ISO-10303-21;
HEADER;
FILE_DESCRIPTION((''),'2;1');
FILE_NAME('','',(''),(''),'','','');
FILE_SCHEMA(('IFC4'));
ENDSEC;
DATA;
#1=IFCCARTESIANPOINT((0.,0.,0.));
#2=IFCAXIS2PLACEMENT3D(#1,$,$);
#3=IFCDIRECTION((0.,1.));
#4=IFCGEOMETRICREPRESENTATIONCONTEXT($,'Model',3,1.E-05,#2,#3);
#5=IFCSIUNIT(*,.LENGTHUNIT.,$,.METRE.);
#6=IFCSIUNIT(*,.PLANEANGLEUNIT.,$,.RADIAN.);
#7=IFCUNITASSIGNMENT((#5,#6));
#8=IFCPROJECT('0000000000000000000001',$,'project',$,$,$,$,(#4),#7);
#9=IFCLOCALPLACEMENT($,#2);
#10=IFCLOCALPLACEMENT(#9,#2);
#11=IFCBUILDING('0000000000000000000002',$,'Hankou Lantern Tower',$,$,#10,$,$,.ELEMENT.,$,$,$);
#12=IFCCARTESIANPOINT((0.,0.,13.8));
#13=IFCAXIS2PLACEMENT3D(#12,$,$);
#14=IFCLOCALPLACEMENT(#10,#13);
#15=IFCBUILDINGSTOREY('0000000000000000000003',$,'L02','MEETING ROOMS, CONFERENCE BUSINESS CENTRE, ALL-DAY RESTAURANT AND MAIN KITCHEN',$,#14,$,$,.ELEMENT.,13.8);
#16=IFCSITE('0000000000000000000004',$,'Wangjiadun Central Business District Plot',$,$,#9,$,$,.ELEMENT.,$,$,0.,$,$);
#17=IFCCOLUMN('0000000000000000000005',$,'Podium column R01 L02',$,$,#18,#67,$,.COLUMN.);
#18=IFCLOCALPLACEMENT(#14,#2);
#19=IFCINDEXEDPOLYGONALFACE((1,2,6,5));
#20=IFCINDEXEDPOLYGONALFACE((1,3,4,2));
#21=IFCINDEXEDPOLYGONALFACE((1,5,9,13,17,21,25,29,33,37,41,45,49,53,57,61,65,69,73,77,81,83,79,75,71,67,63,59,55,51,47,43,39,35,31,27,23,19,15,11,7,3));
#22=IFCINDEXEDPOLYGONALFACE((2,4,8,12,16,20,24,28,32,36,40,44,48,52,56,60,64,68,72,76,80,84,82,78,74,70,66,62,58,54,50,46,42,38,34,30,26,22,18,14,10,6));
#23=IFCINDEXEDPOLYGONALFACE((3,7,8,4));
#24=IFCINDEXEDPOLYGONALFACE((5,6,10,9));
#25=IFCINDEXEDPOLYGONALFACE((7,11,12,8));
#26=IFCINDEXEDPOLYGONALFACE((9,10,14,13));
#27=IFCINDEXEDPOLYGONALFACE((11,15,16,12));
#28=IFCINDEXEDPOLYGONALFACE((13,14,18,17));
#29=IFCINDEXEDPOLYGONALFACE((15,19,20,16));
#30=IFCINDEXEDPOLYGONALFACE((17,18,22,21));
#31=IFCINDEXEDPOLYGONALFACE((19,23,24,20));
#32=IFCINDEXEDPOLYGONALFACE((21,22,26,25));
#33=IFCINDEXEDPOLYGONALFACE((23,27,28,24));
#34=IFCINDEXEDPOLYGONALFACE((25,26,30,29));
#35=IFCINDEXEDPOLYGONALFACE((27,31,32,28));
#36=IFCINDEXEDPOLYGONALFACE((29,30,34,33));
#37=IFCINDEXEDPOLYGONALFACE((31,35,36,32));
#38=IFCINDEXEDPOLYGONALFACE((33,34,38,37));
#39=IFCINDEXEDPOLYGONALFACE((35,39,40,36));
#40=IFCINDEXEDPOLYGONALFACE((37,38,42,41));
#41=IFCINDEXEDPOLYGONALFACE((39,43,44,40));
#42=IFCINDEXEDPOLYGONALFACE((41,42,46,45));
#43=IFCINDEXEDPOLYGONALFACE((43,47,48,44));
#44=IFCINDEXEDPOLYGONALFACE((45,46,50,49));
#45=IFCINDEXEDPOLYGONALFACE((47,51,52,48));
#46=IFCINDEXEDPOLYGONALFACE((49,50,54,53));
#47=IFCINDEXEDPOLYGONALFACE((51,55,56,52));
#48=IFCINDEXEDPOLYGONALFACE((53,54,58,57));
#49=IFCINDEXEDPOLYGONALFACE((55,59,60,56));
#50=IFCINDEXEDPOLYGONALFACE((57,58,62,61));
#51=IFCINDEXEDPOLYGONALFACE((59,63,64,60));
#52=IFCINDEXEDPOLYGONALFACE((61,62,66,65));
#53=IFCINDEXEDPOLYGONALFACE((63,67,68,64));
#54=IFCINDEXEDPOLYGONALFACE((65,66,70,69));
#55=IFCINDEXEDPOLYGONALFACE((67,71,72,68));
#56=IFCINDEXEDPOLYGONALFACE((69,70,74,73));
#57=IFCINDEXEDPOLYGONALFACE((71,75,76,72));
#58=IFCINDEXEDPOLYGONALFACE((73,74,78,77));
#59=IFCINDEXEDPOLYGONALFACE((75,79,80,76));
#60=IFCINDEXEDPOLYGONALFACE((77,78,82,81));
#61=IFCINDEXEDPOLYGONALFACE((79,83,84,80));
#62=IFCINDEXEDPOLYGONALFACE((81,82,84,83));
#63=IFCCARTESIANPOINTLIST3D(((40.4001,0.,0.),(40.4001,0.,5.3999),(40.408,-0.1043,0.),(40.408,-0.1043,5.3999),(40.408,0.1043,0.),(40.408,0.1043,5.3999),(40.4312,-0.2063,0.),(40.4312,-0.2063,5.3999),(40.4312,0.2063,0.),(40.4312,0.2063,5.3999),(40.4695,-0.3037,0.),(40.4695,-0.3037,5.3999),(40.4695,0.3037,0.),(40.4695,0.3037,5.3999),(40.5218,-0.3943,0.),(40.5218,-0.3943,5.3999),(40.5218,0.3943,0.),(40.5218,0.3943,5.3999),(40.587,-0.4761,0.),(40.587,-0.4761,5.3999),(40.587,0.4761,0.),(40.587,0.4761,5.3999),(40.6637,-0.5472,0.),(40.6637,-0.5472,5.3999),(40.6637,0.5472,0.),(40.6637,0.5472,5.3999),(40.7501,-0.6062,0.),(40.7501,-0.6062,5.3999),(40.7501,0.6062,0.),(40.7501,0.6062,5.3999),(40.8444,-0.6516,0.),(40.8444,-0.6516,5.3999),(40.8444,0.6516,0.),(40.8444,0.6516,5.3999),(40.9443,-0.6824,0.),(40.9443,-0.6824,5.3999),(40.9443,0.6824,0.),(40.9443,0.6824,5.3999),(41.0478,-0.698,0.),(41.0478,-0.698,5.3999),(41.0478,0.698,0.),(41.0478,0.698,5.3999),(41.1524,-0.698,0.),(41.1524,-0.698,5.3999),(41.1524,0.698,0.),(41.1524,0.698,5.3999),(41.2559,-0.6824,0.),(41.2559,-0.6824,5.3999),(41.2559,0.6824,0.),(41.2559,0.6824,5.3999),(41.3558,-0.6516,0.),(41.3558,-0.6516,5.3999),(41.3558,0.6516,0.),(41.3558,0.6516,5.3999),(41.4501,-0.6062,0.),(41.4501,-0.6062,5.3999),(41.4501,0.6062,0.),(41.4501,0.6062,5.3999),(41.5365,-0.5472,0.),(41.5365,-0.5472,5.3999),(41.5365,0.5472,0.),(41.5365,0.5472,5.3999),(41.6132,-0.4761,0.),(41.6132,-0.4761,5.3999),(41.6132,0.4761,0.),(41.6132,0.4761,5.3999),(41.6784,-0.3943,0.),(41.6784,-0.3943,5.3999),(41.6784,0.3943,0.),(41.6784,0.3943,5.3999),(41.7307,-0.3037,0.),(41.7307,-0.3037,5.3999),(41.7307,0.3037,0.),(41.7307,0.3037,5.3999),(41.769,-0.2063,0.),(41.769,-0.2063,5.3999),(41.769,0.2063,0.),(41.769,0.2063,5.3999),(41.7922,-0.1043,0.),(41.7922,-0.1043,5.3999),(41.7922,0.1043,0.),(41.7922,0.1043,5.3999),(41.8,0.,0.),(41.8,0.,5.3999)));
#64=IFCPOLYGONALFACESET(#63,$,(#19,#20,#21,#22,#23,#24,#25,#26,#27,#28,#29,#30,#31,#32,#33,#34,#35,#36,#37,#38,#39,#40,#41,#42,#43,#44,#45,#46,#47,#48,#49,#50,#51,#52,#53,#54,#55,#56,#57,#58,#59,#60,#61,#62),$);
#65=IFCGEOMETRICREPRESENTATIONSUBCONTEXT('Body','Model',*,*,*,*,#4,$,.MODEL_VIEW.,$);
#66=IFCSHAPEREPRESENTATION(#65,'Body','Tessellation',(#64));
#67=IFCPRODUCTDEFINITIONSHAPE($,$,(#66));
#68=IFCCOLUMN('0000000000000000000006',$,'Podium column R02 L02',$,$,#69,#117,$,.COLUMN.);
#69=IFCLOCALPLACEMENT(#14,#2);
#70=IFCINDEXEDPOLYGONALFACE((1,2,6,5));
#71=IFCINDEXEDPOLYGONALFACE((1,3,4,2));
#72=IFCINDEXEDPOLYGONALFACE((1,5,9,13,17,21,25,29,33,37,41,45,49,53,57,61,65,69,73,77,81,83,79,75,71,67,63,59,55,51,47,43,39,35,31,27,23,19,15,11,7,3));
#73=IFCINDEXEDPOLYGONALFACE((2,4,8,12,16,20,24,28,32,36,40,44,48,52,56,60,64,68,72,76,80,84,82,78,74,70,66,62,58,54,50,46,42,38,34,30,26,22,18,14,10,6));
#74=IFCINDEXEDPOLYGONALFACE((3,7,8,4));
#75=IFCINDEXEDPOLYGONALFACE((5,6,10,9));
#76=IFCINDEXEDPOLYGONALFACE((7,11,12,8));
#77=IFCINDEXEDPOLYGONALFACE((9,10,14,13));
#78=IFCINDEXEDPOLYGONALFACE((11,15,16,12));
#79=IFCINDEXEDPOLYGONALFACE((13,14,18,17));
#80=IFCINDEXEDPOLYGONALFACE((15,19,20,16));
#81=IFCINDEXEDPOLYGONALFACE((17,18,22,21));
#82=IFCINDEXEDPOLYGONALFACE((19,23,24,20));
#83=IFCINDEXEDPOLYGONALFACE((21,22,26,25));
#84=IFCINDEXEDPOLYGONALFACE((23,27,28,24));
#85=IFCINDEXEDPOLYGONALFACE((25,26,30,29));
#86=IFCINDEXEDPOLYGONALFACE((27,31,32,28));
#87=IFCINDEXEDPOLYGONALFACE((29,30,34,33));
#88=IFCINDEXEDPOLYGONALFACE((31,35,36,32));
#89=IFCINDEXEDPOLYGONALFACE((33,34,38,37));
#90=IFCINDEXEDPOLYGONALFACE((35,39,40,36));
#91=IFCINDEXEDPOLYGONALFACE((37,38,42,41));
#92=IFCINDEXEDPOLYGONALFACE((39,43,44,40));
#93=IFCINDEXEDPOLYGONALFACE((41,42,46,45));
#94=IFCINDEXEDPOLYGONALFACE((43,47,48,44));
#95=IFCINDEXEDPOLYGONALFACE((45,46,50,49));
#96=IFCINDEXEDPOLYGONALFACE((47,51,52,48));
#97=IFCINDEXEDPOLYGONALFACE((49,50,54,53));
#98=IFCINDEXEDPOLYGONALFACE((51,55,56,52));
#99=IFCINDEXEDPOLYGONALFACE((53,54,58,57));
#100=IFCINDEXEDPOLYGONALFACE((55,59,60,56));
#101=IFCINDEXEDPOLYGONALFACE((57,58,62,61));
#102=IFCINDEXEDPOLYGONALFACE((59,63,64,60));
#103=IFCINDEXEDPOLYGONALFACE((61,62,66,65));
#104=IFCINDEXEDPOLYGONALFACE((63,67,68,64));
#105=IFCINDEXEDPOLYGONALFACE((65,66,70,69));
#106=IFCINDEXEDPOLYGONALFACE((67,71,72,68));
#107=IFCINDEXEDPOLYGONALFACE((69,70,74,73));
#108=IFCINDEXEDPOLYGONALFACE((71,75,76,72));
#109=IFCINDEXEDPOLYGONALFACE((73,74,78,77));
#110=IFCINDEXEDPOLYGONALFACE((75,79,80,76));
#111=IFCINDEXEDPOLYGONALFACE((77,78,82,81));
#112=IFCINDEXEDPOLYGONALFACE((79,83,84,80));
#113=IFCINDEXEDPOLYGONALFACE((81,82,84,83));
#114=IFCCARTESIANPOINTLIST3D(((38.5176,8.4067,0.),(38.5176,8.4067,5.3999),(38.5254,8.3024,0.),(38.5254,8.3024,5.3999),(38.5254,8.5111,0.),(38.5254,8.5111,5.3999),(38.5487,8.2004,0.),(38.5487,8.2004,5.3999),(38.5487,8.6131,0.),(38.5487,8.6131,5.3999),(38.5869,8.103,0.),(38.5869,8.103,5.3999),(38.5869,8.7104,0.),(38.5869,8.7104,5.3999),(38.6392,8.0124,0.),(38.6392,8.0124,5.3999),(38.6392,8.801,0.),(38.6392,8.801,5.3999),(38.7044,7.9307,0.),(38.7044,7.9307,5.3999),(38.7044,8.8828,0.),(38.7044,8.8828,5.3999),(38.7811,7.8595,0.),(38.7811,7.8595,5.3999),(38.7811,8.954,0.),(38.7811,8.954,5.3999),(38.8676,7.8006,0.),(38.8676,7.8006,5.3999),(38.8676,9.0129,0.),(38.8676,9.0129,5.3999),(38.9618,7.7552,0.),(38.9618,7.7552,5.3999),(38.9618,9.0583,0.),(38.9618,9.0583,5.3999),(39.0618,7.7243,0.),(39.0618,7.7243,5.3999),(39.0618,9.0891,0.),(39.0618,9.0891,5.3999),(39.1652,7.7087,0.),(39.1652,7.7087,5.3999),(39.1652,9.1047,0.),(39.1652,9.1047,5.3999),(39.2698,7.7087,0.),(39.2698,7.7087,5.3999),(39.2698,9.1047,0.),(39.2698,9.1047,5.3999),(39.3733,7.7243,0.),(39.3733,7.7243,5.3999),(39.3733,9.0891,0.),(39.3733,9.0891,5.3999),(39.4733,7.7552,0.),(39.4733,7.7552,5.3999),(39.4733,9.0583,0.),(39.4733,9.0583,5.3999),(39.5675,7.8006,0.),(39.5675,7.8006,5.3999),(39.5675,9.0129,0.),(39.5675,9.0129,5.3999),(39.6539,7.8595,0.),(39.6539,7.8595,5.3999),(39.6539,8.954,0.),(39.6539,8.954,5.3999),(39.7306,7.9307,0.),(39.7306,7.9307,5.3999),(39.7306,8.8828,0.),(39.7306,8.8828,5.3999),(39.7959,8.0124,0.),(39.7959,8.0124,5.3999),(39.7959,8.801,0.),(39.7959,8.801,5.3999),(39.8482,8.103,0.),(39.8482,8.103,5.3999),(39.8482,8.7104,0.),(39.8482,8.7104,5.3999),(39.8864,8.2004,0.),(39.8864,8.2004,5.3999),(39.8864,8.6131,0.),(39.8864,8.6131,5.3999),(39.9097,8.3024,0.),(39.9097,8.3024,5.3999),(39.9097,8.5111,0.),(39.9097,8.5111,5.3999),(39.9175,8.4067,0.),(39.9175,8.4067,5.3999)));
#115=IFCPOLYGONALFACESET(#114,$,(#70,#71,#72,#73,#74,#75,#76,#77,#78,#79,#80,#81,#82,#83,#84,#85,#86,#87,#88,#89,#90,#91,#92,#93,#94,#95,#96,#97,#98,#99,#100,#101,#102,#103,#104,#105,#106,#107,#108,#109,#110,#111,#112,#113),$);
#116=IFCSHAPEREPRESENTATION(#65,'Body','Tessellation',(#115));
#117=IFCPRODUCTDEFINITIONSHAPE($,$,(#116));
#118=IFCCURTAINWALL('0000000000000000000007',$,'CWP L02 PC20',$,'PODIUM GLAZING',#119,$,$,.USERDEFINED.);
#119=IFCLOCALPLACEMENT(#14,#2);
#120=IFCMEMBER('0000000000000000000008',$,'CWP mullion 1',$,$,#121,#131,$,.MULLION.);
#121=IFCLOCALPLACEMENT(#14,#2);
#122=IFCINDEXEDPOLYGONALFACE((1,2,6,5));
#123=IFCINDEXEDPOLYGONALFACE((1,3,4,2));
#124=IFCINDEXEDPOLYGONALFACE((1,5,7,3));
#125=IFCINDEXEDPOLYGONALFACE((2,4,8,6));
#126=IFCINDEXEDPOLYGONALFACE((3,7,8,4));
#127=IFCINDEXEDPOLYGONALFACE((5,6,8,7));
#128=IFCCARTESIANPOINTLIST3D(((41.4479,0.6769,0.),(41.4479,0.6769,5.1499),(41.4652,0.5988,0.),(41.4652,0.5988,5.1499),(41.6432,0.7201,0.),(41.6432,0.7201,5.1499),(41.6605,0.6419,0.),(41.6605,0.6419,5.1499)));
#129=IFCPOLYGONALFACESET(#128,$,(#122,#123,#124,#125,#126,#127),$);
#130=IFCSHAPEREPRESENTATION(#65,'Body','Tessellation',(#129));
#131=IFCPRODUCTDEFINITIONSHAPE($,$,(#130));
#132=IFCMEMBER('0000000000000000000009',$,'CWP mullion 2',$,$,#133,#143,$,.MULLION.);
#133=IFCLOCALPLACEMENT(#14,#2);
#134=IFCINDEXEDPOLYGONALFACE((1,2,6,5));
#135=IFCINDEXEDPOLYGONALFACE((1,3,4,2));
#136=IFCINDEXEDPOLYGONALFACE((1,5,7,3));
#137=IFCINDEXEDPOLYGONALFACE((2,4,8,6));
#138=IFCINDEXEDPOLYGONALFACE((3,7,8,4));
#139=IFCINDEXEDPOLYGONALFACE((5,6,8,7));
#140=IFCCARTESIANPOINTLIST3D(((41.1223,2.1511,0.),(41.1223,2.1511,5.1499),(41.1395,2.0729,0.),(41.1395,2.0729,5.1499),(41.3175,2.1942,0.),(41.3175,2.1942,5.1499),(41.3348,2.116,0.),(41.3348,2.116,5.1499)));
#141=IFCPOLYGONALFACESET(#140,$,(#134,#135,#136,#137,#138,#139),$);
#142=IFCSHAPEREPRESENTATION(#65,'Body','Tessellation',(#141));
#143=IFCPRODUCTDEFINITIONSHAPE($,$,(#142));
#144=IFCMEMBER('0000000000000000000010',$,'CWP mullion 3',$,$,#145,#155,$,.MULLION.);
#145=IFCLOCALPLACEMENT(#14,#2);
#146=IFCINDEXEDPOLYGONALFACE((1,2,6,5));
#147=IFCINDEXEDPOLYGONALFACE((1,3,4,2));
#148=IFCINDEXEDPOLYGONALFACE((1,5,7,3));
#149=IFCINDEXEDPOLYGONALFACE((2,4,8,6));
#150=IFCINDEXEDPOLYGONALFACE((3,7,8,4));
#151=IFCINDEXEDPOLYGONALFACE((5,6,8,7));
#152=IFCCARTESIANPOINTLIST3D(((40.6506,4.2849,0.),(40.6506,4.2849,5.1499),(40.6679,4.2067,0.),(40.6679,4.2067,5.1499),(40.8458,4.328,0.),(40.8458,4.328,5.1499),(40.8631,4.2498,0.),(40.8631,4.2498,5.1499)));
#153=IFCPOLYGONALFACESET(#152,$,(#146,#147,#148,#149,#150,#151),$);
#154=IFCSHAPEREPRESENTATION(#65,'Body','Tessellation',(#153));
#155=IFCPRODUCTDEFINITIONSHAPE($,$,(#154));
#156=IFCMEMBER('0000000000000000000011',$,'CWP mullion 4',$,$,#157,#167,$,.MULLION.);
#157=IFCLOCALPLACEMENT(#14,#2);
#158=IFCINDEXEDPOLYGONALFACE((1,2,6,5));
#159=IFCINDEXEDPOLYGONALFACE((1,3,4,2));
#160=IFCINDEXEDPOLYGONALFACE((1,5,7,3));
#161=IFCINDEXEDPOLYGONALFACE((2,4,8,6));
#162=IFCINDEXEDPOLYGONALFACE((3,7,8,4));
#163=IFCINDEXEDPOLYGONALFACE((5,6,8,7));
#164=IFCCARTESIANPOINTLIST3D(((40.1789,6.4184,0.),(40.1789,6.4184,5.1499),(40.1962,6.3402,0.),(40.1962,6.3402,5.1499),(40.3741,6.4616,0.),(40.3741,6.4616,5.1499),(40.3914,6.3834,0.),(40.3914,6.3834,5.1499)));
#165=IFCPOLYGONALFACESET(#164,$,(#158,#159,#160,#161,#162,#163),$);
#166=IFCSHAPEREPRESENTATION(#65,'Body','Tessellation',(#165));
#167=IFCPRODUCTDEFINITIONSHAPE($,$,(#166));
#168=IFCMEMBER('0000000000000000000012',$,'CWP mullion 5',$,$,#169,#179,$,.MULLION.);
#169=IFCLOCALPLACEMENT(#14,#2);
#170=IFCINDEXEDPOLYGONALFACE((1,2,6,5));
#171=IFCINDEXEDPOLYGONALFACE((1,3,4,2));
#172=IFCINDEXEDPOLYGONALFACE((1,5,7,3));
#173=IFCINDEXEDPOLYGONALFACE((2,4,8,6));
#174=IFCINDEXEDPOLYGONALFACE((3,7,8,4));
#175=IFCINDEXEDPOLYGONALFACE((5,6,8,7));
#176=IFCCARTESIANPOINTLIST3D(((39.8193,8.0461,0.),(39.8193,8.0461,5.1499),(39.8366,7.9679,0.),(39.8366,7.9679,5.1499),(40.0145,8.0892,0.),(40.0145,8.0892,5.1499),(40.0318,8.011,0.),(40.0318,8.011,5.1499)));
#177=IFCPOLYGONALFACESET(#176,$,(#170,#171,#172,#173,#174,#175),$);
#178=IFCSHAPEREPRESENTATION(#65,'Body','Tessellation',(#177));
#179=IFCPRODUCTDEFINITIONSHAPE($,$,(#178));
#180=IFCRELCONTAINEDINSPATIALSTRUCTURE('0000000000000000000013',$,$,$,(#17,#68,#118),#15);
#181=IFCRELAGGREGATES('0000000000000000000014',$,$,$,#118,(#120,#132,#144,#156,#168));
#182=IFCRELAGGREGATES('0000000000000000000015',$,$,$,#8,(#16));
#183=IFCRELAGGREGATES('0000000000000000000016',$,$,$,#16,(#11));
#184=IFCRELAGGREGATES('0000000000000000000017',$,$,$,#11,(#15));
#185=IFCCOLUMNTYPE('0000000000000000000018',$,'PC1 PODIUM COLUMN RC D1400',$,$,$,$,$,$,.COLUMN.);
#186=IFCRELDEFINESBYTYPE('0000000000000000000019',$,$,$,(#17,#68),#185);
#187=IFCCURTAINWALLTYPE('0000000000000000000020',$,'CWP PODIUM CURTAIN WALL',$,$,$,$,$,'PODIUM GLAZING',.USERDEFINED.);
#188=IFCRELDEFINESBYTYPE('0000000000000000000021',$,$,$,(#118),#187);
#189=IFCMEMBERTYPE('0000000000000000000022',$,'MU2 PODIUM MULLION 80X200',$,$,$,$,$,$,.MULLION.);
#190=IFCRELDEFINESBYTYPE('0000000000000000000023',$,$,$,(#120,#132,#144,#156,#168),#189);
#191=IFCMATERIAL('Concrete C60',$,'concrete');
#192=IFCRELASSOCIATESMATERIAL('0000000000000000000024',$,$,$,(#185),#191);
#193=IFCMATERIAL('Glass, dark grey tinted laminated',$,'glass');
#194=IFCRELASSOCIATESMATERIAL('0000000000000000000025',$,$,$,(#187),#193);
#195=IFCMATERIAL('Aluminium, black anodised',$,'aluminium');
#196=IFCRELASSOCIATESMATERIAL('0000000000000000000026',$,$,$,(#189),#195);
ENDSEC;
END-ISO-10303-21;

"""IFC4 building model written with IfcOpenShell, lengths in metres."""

from ifc_helpers import new_model, si_unit, direction, frame, origin, origin_2d, place, context, subcontext, project, spatial, rectangle, circle, extrude, material, material_profile, profile_set, type_object, element, aggregate, save


model = new_model("IFC4")

# Units and contexts
model_context = context("Model", 3, precision=1e-05, world=origin(), true_north=direction((0.0, 1.0)))
body_context = subcontext(model_context, "Body", "Model", "MODEL_VIEW")
ifc_project = project(units=[si_unit("LENGTHUNIT", "METRE"), si_unit("PLANEANGLEUNIT", "RADIAN")], contexts=[model_context])

# Site, building, storey
site_placement = place(None, origin())
site = spatial("IfcSite", under=ifc_project, at=site_placement, Name="Wangjiadun Central Business District Plot", CompositionType="ELEMENT", RefElevation=0.0)
building_placement = place(site_placement, origin())
building = spatial("IfcBuilding", under=site, at=building_placement, Name="Hankou Lantern Tower", CompositionType="ELEMENT")
storey_placement = place(building_placement, frame((0.0, 0.0, 13.8)))
storey = spatial("IfcBuildingStorey", under=building, at=storey_placement, Name="L02", Description="MEETING ROOMS, CONFERENCE BUSINESS CENTRE, ALL-DAY RESTAURANT AND MAIN KITCHEN", CompositionType="ELEMENT", Elevation=13.8)

# Columns
ifc_material_1 = material(Name="Concrete C60", Category="concrete")
ifc_material_profile_1 = material_profile(ifc_material_1, circle(Radius=0.7, at=origin_2d()), Name="RC D1400")
ifc_profile_set_1 = profile_set([ifc_material_profile_1], Name="Concrete C60")
column_type = type_object("IfcColumnType", Name="PC1 PODIUM COLUMN RC D1400", PredefinedType="COLUMN", material=ifc_profile_set_1)
for number, where, z_axis, x_axis, name in (
    (1, (41.1001, 0.0, 0.0), (0.0, 0.0, 1.0), (1.0, 0.0, 0.0), "Podium column R01 L02"),
    (2, (39.2175, 8.4067, 0.0), (0.0, 0.0, 1.0), (1.0, 0.0, 0.0), "Podium column R02 L02"),
):
    element("IfcColumn", number, at=place(storey_placement, frame(where, z_axis=z_axis, x_axis=x_axis)), inside=storey, type_object=column_type, Name=name, PredefinedType="COLUMN", context=body_context, shape_type="SweptSolid", body=[
        extrude(circle(Radius=0.7, at=origin_2d()), origin(), (0.0, 0.0, 1.0), 5.3999),
    ])

# Curtain wall, members
ifc_material_2 = material(Name="Glass, dark grey tinted laminated", Category="glass")
curtain_wall_type = type_object("IfcCurtainWallType", Name="CWP PODIUM CURTAIN WALL", ElementType="PODIUM GLAZING", PredefinedType="USERDEFINED", material=ifc_material_2)
curtain_wall_placement = place(storey_placement, origin())
curtain_wall = element("IfcCurtainWall", 3, at=curtain_wall_placement, inside=storey, type_object=curtain_wall_type, Name="CWP L02 PC20", ObjectType="PODIUM GLAZING", PredefinedType="USERDEFINED")
ifc_material_3 = material(Name="Aluminium, black anodised", Category="aluminium")
ifc_material_profile_2 = material_profile(ifc_material_3, rectangle(XDim=0.0801, YDim=0.2, at=origin_2d()), Name="MU2 80X200")
ifc_profile_set_2 = profile_set([ifc_material_profile_2], Name="Aluminium, black anodised")
member_type_1 = type_object("IfcMemberType", Name="MU2 PODIUM MULLION 80X200", PredefinedType="MULLION", material=ifc_profile_set_2)
member_1_placement = place(storey_placement, frame((41.5542, 0.6594, 0.0), z_axis=(0.0, 0.0, 1.0), x_axis=(-0.215821, 0.976433, 0.0)))
member_1 = element("IfcMember", 4, at=member_1_placement, type_object=member_type_1, Name="CWP mullion 1", PredefinedType="MULLION", context=body_context, shape_type="SweptSolid", body=[
    extrude(rectangle(XDim=0.0801, YDim=0.2, at=origin_2d()), origin(), (0.0, 0.0, 1.0), 5.1499),
])
member_2_placement = place(storey_placement, frame((41.2285, 2.1335, 0.0), z_axis=(0.0, 0.0, 1.0), x_axis=(-0.215821, 0.976433, 0.0)))
member_2 = element("IfcMember", 5, at=member_2_placement, type_object=member_type_1, Name="CWP mullion 2", PredefinedType="MULLION", context=body_context, shape_type="SweptSolid", body=[
    extrude(rectangle(XDim=0.0801, YDim=0.2, at=origin_2d()), origin(), (0.0, 0.0, 1.0), 5.1499),
])
member_3_placement = place(storey_placement, frame((40.7568, 4.2673, 0.0), z_axis=(0.0, 0.0, 1.0), x_axis=(-0.215821, 0.976433, 0.0)))
member_3 = element("IfcMember", 6, at=member_3_placement, type_object=member_type_1, Name="CWP mullion 3", PredefinedType="MULLION", context=body_context, shape_type="SweptSolid", body=[
    extrude(rectangle(XDim=0.0801, YDim=0.2, at=origin_2d()), origin(), (0.0, 0.0, 1.0), 5.1499),
])
member_4_placement = place(storey_placement, frame((40.2852, 6.4009, 0.0), z_axis=(0.0, 0.0, 1.0), x_axis=(-0.215821, 0.976433, 0.0)))
member_4 = element("IfcMember", 7, at=member_4_placement, type_object=member_type_1, Name="CWP mullion 4", PredefinedType="MULLION", context=body_context, shape_type="SweptSolid", body=[
    extrude(rectangle(XDim=0.0801, YDim=0.2, at=origin_2d()), origin(), (0.0, 0.0, 1.0), 5.1499),
])
member_5_placement = place(storey_placement, frame((39.9255, 8.0286, 0.0), z_axis=(0.0, 0.0, 1.0), x_axis=(-0.215821, 0.976433, 0.0)))
member_5 = element("IfcMember", 8, at=member_5_placement, type_object=member_type_1, Name="CWP mullion 5", PredefinedType="MULLION", context=body_context, shape_type="SweptSolid", body=[
    extrude(rectangle(XDim=0.0801, YDim=0.2, at=origin_2d()), origin(), (0.0, 0.0, 1.0), 5.1499),
])

aggregate(curtain_wall, [member_1, member_2, member_3, member_4, member_5])

save(model, "model.ifc")
